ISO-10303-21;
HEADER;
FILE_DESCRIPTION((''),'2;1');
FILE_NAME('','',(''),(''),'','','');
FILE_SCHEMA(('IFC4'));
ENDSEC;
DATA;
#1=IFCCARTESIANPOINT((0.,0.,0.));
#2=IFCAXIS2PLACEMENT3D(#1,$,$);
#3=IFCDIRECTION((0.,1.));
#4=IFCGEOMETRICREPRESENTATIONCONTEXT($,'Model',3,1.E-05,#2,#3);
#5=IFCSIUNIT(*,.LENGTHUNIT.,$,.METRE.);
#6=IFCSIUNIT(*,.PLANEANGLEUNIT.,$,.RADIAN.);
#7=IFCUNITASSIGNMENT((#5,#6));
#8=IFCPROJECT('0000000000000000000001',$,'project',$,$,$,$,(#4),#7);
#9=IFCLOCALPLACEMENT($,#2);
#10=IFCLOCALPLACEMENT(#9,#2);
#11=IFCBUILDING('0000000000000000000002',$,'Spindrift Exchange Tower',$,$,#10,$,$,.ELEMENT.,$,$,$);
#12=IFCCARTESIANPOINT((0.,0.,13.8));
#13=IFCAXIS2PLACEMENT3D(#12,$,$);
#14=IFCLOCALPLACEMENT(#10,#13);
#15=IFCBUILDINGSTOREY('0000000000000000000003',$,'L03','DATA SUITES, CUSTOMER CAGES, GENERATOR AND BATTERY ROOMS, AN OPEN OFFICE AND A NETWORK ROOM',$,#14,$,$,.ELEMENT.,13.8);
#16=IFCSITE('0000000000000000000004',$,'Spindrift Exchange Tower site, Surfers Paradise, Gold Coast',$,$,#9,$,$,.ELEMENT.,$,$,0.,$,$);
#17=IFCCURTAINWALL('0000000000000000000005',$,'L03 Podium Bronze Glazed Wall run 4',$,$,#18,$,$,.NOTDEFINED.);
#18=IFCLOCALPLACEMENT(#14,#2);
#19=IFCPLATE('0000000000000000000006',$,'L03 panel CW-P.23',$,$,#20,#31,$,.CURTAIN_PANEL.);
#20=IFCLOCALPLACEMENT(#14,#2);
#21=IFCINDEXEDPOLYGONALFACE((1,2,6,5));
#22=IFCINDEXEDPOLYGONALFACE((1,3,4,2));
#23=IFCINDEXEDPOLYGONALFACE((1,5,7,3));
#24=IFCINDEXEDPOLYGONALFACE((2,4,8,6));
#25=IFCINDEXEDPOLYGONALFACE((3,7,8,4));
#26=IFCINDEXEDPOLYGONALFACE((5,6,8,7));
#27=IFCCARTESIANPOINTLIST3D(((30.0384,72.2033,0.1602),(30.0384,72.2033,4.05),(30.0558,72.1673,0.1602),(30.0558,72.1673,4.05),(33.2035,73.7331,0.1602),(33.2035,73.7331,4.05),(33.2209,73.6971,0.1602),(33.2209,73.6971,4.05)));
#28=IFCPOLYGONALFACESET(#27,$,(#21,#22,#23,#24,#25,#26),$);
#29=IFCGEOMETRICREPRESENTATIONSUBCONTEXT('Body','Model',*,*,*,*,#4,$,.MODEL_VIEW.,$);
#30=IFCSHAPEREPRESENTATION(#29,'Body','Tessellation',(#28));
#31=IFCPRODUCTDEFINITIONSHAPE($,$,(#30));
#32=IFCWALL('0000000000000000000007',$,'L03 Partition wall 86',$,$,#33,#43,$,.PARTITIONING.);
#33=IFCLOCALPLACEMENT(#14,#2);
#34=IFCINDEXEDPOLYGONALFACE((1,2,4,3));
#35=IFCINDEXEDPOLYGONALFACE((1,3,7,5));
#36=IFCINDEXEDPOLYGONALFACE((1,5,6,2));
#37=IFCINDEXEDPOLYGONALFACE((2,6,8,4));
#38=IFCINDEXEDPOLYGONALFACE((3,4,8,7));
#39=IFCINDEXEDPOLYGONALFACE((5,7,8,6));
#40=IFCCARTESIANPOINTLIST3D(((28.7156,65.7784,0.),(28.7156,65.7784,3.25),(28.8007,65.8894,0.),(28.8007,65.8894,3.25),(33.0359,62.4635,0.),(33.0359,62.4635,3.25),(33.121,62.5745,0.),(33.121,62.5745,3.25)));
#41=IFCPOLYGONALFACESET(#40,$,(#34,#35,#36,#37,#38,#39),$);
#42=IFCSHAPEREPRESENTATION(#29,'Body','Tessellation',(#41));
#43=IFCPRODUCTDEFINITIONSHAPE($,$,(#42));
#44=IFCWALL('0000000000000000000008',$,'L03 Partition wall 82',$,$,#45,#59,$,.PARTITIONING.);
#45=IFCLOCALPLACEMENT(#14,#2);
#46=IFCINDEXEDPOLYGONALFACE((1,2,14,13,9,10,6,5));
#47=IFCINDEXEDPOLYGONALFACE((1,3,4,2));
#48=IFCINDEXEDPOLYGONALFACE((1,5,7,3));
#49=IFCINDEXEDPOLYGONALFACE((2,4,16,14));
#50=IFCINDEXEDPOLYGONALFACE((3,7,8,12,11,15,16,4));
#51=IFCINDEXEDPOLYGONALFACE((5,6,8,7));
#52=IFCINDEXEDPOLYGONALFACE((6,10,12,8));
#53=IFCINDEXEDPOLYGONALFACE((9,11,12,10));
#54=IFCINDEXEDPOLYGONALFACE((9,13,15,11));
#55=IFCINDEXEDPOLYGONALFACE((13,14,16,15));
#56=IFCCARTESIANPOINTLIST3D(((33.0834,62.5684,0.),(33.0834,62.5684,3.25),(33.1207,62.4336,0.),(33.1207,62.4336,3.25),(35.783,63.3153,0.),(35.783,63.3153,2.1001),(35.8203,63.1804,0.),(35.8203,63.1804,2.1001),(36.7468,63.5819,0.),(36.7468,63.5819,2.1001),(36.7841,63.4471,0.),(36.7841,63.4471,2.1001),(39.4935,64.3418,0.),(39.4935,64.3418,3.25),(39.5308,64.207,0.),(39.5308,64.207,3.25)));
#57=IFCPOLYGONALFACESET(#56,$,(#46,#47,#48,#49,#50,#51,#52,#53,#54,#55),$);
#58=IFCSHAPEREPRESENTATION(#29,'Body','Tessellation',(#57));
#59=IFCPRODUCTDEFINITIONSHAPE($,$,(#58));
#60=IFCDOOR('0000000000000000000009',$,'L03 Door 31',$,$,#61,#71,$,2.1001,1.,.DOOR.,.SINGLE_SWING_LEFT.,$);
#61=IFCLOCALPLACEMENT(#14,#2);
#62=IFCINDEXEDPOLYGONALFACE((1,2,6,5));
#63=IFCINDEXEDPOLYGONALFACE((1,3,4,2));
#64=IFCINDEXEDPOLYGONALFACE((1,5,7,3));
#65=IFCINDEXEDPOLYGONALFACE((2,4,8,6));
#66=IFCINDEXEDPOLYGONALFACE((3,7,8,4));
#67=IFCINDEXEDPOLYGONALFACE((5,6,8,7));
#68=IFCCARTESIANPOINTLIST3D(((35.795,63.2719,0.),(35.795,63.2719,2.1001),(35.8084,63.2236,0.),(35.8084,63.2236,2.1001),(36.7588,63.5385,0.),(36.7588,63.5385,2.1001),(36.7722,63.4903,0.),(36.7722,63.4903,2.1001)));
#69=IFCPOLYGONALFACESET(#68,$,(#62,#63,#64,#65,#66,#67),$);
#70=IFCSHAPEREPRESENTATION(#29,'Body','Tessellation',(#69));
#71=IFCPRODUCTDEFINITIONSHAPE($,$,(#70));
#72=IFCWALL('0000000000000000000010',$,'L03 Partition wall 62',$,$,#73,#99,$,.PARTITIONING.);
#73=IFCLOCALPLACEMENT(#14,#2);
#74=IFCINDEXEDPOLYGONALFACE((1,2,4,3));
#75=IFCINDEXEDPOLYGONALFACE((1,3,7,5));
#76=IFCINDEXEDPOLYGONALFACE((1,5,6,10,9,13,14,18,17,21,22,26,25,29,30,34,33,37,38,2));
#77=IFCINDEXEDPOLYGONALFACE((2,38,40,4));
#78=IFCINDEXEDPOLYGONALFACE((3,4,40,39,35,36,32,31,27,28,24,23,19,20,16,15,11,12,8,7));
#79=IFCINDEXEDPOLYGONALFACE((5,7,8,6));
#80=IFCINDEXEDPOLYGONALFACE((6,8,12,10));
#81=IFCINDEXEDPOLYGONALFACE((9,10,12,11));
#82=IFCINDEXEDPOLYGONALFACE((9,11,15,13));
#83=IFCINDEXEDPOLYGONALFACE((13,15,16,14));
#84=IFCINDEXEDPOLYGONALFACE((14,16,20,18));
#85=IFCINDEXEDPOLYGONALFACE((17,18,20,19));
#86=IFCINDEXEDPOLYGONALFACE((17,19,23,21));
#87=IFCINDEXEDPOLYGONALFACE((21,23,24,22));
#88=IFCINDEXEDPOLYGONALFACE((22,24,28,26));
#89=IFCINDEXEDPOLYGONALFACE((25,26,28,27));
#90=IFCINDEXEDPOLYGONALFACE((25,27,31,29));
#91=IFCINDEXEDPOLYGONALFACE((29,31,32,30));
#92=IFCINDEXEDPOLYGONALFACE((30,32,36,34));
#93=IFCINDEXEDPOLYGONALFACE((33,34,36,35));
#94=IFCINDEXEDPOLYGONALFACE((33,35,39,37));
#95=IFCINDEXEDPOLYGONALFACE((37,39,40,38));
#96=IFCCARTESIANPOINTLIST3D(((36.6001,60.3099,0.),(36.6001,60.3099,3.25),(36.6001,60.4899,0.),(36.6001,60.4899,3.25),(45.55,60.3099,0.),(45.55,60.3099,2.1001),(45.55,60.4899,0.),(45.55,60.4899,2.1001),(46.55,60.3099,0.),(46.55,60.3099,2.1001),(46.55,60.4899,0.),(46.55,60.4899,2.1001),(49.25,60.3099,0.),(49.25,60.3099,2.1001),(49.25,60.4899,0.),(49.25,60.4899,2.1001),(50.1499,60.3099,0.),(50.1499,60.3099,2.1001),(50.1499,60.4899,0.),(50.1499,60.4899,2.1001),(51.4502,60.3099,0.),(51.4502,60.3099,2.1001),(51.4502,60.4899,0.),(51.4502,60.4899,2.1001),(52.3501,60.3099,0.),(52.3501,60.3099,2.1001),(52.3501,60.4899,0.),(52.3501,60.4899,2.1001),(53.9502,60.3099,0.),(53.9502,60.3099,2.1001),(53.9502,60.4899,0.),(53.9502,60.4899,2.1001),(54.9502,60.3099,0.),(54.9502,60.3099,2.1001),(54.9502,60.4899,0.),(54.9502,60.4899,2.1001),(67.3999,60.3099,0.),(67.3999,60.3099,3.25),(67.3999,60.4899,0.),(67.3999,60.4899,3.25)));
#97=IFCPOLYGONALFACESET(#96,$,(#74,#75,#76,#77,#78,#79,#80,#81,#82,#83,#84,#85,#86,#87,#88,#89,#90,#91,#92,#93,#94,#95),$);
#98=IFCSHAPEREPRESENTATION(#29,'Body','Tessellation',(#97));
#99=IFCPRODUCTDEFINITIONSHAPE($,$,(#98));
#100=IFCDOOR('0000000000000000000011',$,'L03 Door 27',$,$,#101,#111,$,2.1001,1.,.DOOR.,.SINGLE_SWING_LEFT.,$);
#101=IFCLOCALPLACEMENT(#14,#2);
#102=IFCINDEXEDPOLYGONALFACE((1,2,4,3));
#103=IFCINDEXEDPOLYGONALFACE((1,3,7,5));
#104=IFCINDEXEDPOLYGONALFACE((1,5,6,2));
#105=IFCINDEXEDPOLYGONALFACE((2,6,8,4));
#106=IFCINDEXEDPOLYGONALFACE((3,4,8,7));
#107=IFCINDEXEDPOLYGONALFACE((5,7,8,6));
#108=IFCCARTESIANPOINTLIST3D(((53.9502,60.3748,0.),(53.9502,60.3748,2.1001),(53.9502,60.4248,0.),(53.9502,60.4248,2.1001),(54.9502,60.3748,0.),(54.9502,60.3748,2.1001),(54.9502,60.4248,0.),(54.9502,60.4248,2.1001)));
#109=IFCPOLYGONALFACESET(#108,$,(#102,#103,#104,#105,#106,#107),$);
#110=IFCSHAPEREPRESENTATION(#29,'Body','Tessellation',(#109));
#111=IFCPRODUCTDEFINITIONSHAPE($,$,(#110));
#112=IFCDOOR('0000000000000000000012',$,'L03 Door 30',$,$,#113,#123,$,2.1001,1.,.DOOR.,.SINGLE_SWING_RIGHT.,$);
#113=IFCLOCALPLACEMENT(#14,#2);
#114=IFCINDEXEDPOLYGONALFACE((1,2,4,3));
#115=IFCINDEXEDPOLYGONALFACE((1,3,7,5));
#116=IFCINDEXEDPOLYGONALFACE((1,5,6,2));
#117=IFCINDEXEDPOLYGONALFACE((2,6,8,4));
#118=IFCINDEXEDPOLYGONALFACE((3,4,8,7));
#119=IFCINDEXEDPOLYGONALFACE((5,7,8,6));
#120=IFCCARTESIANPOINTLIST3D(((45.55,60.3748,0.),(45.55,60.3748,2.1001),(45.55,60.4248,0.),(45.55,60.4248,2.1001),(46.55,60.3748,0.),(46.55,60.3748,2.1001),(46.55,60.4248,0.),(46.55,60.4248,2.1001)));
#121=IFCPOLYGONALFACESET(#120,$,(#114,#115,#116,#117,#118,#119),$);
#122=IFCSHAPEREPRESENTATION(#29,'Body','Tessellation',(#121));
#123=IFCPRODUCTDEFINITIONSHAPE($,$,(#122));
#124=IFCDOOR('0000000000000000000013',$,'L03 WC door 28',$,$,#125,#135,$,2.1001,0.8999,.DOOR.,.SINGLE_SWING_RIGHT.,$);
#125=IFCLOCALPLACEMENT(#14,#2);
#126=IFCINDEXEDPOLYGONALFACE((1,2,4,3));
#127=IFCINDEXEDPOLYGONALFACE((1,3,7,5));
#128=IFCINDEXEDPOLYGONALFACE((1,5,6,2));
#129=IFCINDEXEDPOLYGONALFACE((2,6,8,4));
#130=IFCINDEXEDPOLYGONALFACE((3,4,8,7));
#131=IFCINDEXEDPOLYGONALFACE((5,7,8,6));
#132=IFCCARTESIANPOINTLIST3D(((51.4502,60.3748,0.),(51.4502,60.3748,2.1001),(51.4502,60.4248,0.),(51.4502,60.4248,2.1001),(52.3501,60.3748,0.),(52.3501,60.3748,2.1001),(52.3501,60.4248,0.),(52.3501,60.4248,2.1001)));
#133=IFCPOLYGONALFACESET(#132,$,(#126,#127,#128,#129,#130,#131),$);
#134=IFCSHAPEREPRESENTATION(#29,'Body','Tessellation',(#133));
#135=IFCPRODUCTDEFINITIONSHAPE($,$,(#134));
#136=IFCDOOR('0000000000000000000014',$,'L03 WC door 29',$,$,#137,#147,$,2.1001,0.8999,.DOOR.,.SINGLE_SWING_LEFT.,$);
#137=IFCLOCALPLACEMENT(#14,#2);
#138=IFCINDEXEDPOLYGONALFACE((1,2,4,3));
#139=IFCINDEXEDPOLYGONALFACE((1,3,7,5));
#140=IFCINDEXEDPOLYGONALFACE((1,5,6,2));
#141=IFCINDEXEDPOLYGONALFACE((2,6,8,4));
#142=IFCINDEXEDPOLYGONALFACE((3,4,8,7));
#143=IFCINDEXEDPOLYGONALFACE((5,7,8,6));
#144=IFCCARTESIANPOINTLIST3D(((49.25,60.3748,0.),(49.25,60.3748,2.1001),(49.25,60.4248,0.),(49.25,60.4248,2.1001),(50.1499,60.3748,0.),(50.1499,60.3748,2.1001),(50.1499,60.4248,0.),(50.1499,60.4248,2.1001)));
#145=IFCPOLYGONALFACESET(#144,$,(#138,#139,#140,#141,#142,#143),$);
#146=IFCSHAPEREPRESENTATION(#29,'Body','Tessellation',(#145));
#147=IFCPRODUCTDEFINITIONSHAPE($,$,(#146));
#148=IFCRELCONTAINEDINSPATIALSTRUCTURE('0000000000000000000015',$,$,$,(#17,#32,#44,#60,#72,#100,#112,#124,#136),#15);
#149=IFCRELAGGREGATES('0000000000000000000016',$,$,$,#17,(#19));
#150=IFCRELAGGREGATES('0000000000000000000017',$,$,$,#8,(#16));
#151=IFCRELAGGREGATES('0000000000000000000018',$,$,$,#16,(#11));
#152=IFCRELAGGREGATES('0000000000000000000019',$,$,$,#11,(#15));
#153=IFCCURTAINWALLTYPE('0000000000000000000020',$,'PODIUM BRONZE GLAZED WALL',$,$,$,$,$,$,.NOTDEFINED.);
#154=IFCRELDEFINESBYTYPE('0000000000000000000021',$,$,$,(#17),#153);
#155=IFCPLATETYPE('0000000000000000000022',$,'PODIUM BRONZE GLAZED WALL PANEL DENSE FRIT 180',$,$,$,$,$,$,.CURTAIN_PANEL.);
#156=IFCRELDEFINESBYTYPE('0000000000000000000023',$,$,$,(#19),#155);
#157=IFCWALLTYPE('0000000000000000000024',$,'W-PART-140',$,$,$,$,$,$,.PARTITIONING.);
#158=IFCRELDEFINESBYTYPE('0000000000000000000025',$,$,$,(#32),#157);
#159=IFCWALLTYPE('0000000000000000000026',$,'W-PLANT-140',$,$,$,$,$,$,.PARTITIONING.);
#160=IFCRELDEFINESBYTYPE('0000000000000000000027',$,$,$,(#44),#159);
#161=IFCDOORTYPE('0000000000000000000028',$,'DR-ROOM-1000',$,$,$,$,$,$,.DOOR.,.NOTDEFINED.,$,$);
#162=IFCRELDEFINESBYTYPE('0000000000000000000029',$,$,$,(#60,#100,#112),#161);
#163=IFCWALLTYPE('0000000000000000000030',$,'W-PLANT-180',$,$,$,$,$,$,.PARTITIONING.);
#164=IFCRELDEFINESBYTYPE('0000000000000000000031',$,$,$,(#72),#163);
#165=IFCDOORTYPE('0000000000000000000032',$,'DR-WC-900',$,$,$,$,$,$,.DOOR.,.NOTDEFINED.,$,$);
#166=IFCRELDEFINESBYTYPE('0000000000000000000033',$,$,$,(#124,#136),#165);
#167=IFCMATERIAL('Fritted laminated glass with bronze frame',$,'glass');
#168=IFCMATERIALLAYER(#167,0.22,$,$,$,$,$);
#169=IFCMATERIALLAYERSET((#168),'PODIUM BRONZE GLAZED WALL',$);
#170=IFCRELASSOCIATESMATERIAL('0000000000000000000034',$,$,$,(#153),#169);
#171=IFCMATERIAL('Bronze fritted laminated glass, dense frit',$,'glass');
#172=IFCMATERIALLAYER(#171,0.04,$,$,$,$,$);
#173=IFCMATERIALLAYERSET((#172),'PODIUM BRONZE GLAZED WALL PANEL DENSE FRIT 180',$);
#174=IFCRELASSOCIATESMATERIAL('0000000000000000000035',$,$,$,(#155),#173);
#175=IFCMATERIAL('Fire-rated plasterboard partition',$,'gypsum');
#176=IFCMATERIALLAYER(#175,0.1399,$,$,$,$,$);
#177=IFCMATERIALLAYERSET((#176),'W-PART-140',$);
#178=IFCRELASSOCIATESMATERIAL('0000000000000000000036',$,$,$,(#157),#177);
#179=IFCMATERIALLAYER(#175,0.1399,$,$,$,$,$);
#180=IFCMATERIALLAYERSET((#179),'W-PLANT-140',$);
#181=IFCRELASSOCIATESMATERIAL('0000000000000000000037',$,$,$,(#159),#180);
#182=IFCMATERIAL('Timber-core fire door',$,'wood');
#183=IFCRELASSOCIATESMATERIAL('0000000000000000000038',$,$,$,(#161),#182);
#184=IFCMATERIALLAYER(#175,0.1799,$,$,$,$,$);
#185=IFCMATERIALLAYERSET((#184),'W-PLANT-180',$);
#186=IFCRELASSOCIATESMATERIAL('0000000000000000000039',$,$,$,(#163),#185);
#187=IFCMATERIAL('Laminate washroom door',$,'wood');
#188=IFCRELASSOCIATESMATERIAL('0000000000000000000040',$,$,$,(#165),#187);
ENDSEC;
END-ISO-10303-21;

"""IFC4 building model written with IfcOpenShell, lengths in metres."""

from ifc_helpers import new_model, si_unit, direction, frame, frame_2d, origin, origin_2d, place, context, subcontext, project, spatial, rectangle, extrude, source, transform, mapped, material, layer, layer_set, type_object, element, fill, aggregate, save


model = new_model("IFC4")

# Units and contexts
model_context = context("Model", 3, precision=1e-05, world=origin(), true_north=direction((0.0, 1.0)))
body_context = subcontext(model_context, "Body", "Model", "MODEL_VIEW")
ifc_project = project(units=[si_unit("LENGTHUNIT", "METRE"), si_unit("PLANEANGLEUNIT", "RADIAN")], contexts=[model_context])

# Site, building, storey
site_placement = place(None, origin())
site = spatial("IfcSite", under=ifc_project, at=site_placement, Name="Spindrift Exchange Tower site, Surfers Paradise, Gold Coast", CompositionType="ELEMENT", RefElevation=0.0)
building_placement = place(site_placement, origin())
building = spatial("IfcBuilding", under=site, at=building_placement, Name="Spindrift Exchange Tower", CompositionType="ELEMENT")
storey_placement = place(building_placement, frame((0.0, 0.0, 13.8)))
storey = spatial("IfcBuildingStorey", under=building, at=storey_placement, Name="L03", Description="DATA SUITES, CUSTOMER CAGES, GENERATOR AND BATTERY ROOMS, AN OPEN OFFICE AND A NETWORK ROOM", CompositionType="ELEMENT", Elevation=13.8)

# Curtain wall, plate
ifc_material_1 = material(Name="Fritted laminated glass with bronze frame", Category="glass")
ifc_layer_1 = layer(ifc_material_1, 0.22)
ifc_layer_set_1 = layer_set([ifc_layer_1], Name="PODIUM BRONZE GLAZED WALL")
curtain_wall_type = type_object("IfcCurtainWallType", Name="PODIUM BRONZE GLAZED WALL", PredefinedType="NOTDEFINED", material=ifc_layer_set_1)
curtain_wall_placement = place(storey_placement, origin())
curtain_wall = element("IfcCurtainWall", 1, at=curtain_wall_placement, inside=storey, type_object=curtain_wall_type, Name="L03 Podium Bronze Glazed Wall run 4", PredefinedType="NOTDEFINED")
ifc_material_2 = material(Name="Bronze fritted laminated glass, dense frit", Category="glass")
ifc_layer_2 = layer(ifc_material_2, 0.04)
ifc_layer_set_2 = layer_set([ifc_layer_2], Name="PODIUM BRONZE GLAZED WALL PANEL DENSE FRIT 180")
plate_type_1 = type_object("IfcPlateType", Name="PODIUM BRONZE GLAZED WALL PANEL DENSE FRIT 180", PredefinedType="CURTAIN_PANEL", material=ifc_layer_set_2)
shared_shape_1 = source(origin(), body_context, "Body", "SweptSolid", [
    extrude(rectangle(XDim=3.5154, YDim=0.04, at=origin_2d()), origin(), (0.0, 0.0, 1.0), 3.8899),
])
plate_1_placement = place(storey_placement, frame((31.6296, 72.9502, 0.1602), z_axis=(0.0, 0.0, 1.0), x_axis=(-0.900343, -0.435181, 0.0)))
plate_1 = element("IfcPlate", 2, at=plate_1_placement, type_object=plate_type_1, Name="L03 panel CW-P.23", PredefinedType="CURTAIN_PANEL", context=body_context, shape_type="MappedRepresentation", body=[
    mapped(shared_shape_1, transform((0.0, 0.0, 0.0), scale=1.0)),
])
aggregate(curtain_wall, [plate_1])

# Wall
ifc_material_3 = material(Name="Fire-rated plasterboard partition", Category="gypsum")
ifc_layer_3 = layer(ifc_material_3, 0.1399)
ifc_layer_set_3 = layer_set([ifc_layer_3], Name="W-PART-140")
wall_type_1 = type_object("IfcWallType", Name="W-PART-140", PredefinedType="PARTITIONING", material=ifc_layer_set_3)
wall_1_placement = place(storey_placement, frame((33.0784, 62.519, 0.0), z_axis=(0.0, 0.0, 1.0), x_axis=(-0.793367, 0.608744, 0.0)))
element("IfcWall", 3, at=wall_1_placement, inside=storey, type_object=wall_type_1, Name="L03 Partition wall 86", PredefinedType="PARTITIONING", context=body_context, shape_type="SweptSolid", body=[
    extrude(rectangle(XDim=5.4456, YDim=0.1399, at=frame_2d((2.7227, 0.0))), origin(), (0.0, 0.0, 1.0), 3.25),
])

# Wall, opening, door
ifc_layer_4 = layer(ifc_material_3, 0.1399)
ifc_layer_set_4 = layer_set([ifc_layer_4], Name="W-PLANT-140")
wall_type_2 = type_object("IfcWallType", Name="W-PLANT-140", PredefinedType="PARTITIONING", material=ifc_layer_set_4)
wall_2_placement = place(storey_placement, frame((33.1021, 62.501, 0.0), z_axis=(0.0, 0.0, 1.0), x_axis=(0.963795, 0.266644, 0.0)))
wall_2 = element("IfcWall", 4, at=wall_2_placement, inside=storey, type_object=wall_type_2, Name="L03 Partition wall 82", PredefinedType="PARTITIONING", context=body_context, shape_type="SweptSolid", body=[
    extrude(rectangle(XDim=6.6509, YDim=0.1399, at=frame_2d((3.3254, 0.0))), origin(), (0.0, 0.0, 1.0), 3.25),
])
opening_1_placement = place(wall_2_placement, frame((2.801, 0.0, 0.0)))
opening_1 = element("IfcOpeningElement", 5, at=opening_1_placement, cuts=wall_2, PredefinedType="OPENING", context=body_context, shape_type="SweptSolid", body=[
    extrude(rectangle(XDim=1.0, YDim=2.1001, at=frame_2d((0.5, 1.05))), frame((0.0, 0.0798, 0.0), z_axis=(0.0, -1.0, 0.0), x_axis=(1.0, 0.0, 0.0)), (0.0, 0.0, 1.0), 0.1599),
])
ifc_material_4 = material(Name="Timber-core fire door", Category="wood")
door_type_1 = type_object("IfcDoorType", Name="DR-ROOM-1000", OperationType="NOTDEFINED", PredefinedType="DOOR", material=ifc_material_4)
shared_shape_2 = source(origin(), body_context, "Body", "SweptSolid", [
    extrude(rectangle(XDim=1.0, YDim=2.1001, at=frame_2d((0.5, 1.05))), frame((0.0, 0.0249, 0.0), z_axis=(0.0, -1.0, 0.0), x_axis=(1.0, 0.0, 0.0)), (0.0, 0.0, 1.0), 0.05),
])
door_1_placement = place(opening_1_placement, origin())
door_1 = element("IfcDoor", 6, at=door_1_placement, inside=storey, type_object=door_type_1, Name="L03 Door 31", OperationType="SINGLE_SWING_LEFT", OverallHeight=2.1001, OverallWidth=1.0, PredefinedType="DOOR", context=body_context, shape_type="MappedRepresentation", body=[
    mapped(shared_shape_2, transform((0.0, 0.0, 0.0), scale=1.0)),
])
fill(opening_1, door_1)

# Wall, openings, doors
ifc_layer_5 = layer(ifc_material_3, 0.1799)
ifc_layer_set_5 = layer_set([ifc_layer_5], Name="W-PLANT-180")
wall_type_3 = type_object("IfcWallType", Name="W-PLANT-180", PredefinedType="PARTITIONING", material=ifc_layer_set_5)
wall_3_placement = place(storey_placement, frame((36.6001, 60.3999, 0.0), z_axis=(0.0, 0.0, 1.0), x_axis=(1.0, 0.0, 0.0)))
wall_3 = element("IfcWall", 7, at=wall_3_placement, inside=storey, type_object=wall_type_3, Name="L03 Partition wall 62", PredefinedType="PARTITIONING", context=body_context, shape_type="SweptSolid", body=[
    extrude(rectangle(XDim=30.7998, YDim=0.1799, at=frame_2d((15.3999, 0.0))), origin(), (0.0, 0.0, 1.0), 3.25),
])
opening_2_placement = place(wall_3_placement, frame((17.3501, 0.0, 0.0)))
opening_2 = element("IfcOpeningElement", 8, at=opening_2_placement, cuts=wall_3, PredefinedType="OPENING", context=body_context, shape_type="SweptSolid", body=[
    extrude(rectangle(XDim=1.0, YDim=2.1001, at=frame_2d((0.5, 1.05))), frame((0.0, 0.0999, 0.0), z_axis=(0.0, -1.0, 0.0), x_axis=(1.0, 0.0, 0.0)), (0.0, 0.0, 1.0), 0.2),
])
opening_3_placement = place(wall_3_placement, frame((14.8501, 0.0, 0.0)))
opening_3 = element("IfcOpeningElement", 9, at=opening_3_placement, cuts=wall_3, PredefinedType="OPENING", context=body_context, shape_type="SweptSolid", body=[
    extrude(rectangle(XDim=0.8999, YDim=2.1001, at=frame_2d((0.45, 1.05))), frame((0.0, 0.0999, 0.0), z_axis=(0.0, -1.0, 0.0), x_axis=(1.0, 0.0, 0.0)), (0.0, 0.0, 1.0), 0.2),
])
opening_4_placement = place(wall_3_placement, frame((12.6499, 0.0, 0.0)))
opening_4 = element("IfcOpeningElement", 10, at=opening_4_placement, cuts=wall_3, PredefinedType="OPENING", context=body_context, shape_type="SweptSolid", body=[
    extrude(rectangle(XDim=0.8999, YDim=2.1001, at=frame_2d((0.45, 1.05))), frame((0.0, 0.0999, 0.0), z_axis=(0.0, -1.0, 0.0), x_axis=(1.0, 0.0, 0.0)), (0.0, 0.0, 1.0), 0.2),
])
opening_5_placement = place(wall_3_placement, frame((8.95, 0.0, 0.0)))
opening_5 = element("IfcOpeningElement", 11, at=opening_5_placement, cuts=wall_3, PredefinedType="OPENING", context=body_context, shape_type="SweptSolid", body=[
    extrude(rectangle(XDim=1.0, YDim=2.1001, at=frame_2d((0.5, 1.05))), frame((0.0, 0.0999, 0.0), z_axis=(0.0, -1.0, 0.0), x_axis=(1.0, 0.0, 0.0)), (0.0, 0.0, 1.0), 0.2),
])
door_2_placement = place(opening_2_placement, origin())
door_2 = element("IfcDoor", 12, at=door_2_placement, inside=storey, type_object=door_type_1, Name="L03 Door 27", OperationType="SINGLE_SWING_LEFT", OverallHeight=2.1001, OverallWidth=1.0, PredefinedType="DOOR", context=body_context, shape_type="MappedRepresentation", body=[
    mapped(shared_shape_2, transform((0.0, 0.0, 0.0), scale=1.0)),
])
fill(opening_2, door_2)
door_3_placement = place(opening_5_placement, origin())
door_3 = element("IfcDoor", 13, at=door_3_placement, inside=storey, type_object=door_type_1, Name="L03 Door 30", OperationType="SINGLE_SWING_RIGHT", OverallHeight=2.1001, OverallWidth=1.0, PredefinedType="DOOR", context=body_context, shape_type="MappedRepresentation", body=[
    mapped(shared_shape_2, transform((0.0, 0.0, 0.0), scale=1.0)),
])
fill(opening_5, door_3)
ifc_material_5 = material(Name="Laminate washroom door", Category="wood")
door_type_2 = type_object("IfcDoorType", Name="DR-WC-900", OperationType="NOTDEFINED", PredefinedType="DOOR", material=ifc_material_5)
shared_shape_3 = source(origin(), body_context, "Body", "SweptSolid", [
    extrude(rectangle(XDim=0.8999, YDim=2.1001, at=frame_2d((0.45, 1.05))), frame((0.0, 0.0249, 0.0), z_axis=(0.0, -1.0, 0.0), x_axis=(1.0, 0.0, 0.0)), (0.0, 0.0, 1.0), 0.05),
])
door_4_placement = place(opening_3_placement, origin())
door_4 = element("IfcDoor", 14, at=door_4_placement, inside=storey, type_object=door_type_2, Name="L03 WC door 28", OperationType="SINGLE_SWING_RIGHT", OverallHeight=2.1001, OverallWidth=0.8999, PredefinedType="DOOR", context=body_context, shape_type="MappedRepresentation", body=[
    mapped(shared_shape_3, transform((0.0, 0.0, 0.0), scale=1.0)),
])
fill(opening_3, door_4)
door_5_placement = place(opening_4_placement, origin())
door_5 = element("IfcDoor", 15, at=door_5_placement, inside=storey, type_object=door_type_2, Name="L03 WC door 29", OperationType="SINGLE_SWING_LEFT", OverallHeight=2.1001, OverallWidth=0.8999, PredefinedType="DOOR", context=body_context, shape_type="MappedRepresentation", body=[
    mapped(shared_shape_3, transform((0.0, 0.0, 0.0), scale=1.0)),
])
fill(opening_4, door_5)

save(model, "model.ifc")
